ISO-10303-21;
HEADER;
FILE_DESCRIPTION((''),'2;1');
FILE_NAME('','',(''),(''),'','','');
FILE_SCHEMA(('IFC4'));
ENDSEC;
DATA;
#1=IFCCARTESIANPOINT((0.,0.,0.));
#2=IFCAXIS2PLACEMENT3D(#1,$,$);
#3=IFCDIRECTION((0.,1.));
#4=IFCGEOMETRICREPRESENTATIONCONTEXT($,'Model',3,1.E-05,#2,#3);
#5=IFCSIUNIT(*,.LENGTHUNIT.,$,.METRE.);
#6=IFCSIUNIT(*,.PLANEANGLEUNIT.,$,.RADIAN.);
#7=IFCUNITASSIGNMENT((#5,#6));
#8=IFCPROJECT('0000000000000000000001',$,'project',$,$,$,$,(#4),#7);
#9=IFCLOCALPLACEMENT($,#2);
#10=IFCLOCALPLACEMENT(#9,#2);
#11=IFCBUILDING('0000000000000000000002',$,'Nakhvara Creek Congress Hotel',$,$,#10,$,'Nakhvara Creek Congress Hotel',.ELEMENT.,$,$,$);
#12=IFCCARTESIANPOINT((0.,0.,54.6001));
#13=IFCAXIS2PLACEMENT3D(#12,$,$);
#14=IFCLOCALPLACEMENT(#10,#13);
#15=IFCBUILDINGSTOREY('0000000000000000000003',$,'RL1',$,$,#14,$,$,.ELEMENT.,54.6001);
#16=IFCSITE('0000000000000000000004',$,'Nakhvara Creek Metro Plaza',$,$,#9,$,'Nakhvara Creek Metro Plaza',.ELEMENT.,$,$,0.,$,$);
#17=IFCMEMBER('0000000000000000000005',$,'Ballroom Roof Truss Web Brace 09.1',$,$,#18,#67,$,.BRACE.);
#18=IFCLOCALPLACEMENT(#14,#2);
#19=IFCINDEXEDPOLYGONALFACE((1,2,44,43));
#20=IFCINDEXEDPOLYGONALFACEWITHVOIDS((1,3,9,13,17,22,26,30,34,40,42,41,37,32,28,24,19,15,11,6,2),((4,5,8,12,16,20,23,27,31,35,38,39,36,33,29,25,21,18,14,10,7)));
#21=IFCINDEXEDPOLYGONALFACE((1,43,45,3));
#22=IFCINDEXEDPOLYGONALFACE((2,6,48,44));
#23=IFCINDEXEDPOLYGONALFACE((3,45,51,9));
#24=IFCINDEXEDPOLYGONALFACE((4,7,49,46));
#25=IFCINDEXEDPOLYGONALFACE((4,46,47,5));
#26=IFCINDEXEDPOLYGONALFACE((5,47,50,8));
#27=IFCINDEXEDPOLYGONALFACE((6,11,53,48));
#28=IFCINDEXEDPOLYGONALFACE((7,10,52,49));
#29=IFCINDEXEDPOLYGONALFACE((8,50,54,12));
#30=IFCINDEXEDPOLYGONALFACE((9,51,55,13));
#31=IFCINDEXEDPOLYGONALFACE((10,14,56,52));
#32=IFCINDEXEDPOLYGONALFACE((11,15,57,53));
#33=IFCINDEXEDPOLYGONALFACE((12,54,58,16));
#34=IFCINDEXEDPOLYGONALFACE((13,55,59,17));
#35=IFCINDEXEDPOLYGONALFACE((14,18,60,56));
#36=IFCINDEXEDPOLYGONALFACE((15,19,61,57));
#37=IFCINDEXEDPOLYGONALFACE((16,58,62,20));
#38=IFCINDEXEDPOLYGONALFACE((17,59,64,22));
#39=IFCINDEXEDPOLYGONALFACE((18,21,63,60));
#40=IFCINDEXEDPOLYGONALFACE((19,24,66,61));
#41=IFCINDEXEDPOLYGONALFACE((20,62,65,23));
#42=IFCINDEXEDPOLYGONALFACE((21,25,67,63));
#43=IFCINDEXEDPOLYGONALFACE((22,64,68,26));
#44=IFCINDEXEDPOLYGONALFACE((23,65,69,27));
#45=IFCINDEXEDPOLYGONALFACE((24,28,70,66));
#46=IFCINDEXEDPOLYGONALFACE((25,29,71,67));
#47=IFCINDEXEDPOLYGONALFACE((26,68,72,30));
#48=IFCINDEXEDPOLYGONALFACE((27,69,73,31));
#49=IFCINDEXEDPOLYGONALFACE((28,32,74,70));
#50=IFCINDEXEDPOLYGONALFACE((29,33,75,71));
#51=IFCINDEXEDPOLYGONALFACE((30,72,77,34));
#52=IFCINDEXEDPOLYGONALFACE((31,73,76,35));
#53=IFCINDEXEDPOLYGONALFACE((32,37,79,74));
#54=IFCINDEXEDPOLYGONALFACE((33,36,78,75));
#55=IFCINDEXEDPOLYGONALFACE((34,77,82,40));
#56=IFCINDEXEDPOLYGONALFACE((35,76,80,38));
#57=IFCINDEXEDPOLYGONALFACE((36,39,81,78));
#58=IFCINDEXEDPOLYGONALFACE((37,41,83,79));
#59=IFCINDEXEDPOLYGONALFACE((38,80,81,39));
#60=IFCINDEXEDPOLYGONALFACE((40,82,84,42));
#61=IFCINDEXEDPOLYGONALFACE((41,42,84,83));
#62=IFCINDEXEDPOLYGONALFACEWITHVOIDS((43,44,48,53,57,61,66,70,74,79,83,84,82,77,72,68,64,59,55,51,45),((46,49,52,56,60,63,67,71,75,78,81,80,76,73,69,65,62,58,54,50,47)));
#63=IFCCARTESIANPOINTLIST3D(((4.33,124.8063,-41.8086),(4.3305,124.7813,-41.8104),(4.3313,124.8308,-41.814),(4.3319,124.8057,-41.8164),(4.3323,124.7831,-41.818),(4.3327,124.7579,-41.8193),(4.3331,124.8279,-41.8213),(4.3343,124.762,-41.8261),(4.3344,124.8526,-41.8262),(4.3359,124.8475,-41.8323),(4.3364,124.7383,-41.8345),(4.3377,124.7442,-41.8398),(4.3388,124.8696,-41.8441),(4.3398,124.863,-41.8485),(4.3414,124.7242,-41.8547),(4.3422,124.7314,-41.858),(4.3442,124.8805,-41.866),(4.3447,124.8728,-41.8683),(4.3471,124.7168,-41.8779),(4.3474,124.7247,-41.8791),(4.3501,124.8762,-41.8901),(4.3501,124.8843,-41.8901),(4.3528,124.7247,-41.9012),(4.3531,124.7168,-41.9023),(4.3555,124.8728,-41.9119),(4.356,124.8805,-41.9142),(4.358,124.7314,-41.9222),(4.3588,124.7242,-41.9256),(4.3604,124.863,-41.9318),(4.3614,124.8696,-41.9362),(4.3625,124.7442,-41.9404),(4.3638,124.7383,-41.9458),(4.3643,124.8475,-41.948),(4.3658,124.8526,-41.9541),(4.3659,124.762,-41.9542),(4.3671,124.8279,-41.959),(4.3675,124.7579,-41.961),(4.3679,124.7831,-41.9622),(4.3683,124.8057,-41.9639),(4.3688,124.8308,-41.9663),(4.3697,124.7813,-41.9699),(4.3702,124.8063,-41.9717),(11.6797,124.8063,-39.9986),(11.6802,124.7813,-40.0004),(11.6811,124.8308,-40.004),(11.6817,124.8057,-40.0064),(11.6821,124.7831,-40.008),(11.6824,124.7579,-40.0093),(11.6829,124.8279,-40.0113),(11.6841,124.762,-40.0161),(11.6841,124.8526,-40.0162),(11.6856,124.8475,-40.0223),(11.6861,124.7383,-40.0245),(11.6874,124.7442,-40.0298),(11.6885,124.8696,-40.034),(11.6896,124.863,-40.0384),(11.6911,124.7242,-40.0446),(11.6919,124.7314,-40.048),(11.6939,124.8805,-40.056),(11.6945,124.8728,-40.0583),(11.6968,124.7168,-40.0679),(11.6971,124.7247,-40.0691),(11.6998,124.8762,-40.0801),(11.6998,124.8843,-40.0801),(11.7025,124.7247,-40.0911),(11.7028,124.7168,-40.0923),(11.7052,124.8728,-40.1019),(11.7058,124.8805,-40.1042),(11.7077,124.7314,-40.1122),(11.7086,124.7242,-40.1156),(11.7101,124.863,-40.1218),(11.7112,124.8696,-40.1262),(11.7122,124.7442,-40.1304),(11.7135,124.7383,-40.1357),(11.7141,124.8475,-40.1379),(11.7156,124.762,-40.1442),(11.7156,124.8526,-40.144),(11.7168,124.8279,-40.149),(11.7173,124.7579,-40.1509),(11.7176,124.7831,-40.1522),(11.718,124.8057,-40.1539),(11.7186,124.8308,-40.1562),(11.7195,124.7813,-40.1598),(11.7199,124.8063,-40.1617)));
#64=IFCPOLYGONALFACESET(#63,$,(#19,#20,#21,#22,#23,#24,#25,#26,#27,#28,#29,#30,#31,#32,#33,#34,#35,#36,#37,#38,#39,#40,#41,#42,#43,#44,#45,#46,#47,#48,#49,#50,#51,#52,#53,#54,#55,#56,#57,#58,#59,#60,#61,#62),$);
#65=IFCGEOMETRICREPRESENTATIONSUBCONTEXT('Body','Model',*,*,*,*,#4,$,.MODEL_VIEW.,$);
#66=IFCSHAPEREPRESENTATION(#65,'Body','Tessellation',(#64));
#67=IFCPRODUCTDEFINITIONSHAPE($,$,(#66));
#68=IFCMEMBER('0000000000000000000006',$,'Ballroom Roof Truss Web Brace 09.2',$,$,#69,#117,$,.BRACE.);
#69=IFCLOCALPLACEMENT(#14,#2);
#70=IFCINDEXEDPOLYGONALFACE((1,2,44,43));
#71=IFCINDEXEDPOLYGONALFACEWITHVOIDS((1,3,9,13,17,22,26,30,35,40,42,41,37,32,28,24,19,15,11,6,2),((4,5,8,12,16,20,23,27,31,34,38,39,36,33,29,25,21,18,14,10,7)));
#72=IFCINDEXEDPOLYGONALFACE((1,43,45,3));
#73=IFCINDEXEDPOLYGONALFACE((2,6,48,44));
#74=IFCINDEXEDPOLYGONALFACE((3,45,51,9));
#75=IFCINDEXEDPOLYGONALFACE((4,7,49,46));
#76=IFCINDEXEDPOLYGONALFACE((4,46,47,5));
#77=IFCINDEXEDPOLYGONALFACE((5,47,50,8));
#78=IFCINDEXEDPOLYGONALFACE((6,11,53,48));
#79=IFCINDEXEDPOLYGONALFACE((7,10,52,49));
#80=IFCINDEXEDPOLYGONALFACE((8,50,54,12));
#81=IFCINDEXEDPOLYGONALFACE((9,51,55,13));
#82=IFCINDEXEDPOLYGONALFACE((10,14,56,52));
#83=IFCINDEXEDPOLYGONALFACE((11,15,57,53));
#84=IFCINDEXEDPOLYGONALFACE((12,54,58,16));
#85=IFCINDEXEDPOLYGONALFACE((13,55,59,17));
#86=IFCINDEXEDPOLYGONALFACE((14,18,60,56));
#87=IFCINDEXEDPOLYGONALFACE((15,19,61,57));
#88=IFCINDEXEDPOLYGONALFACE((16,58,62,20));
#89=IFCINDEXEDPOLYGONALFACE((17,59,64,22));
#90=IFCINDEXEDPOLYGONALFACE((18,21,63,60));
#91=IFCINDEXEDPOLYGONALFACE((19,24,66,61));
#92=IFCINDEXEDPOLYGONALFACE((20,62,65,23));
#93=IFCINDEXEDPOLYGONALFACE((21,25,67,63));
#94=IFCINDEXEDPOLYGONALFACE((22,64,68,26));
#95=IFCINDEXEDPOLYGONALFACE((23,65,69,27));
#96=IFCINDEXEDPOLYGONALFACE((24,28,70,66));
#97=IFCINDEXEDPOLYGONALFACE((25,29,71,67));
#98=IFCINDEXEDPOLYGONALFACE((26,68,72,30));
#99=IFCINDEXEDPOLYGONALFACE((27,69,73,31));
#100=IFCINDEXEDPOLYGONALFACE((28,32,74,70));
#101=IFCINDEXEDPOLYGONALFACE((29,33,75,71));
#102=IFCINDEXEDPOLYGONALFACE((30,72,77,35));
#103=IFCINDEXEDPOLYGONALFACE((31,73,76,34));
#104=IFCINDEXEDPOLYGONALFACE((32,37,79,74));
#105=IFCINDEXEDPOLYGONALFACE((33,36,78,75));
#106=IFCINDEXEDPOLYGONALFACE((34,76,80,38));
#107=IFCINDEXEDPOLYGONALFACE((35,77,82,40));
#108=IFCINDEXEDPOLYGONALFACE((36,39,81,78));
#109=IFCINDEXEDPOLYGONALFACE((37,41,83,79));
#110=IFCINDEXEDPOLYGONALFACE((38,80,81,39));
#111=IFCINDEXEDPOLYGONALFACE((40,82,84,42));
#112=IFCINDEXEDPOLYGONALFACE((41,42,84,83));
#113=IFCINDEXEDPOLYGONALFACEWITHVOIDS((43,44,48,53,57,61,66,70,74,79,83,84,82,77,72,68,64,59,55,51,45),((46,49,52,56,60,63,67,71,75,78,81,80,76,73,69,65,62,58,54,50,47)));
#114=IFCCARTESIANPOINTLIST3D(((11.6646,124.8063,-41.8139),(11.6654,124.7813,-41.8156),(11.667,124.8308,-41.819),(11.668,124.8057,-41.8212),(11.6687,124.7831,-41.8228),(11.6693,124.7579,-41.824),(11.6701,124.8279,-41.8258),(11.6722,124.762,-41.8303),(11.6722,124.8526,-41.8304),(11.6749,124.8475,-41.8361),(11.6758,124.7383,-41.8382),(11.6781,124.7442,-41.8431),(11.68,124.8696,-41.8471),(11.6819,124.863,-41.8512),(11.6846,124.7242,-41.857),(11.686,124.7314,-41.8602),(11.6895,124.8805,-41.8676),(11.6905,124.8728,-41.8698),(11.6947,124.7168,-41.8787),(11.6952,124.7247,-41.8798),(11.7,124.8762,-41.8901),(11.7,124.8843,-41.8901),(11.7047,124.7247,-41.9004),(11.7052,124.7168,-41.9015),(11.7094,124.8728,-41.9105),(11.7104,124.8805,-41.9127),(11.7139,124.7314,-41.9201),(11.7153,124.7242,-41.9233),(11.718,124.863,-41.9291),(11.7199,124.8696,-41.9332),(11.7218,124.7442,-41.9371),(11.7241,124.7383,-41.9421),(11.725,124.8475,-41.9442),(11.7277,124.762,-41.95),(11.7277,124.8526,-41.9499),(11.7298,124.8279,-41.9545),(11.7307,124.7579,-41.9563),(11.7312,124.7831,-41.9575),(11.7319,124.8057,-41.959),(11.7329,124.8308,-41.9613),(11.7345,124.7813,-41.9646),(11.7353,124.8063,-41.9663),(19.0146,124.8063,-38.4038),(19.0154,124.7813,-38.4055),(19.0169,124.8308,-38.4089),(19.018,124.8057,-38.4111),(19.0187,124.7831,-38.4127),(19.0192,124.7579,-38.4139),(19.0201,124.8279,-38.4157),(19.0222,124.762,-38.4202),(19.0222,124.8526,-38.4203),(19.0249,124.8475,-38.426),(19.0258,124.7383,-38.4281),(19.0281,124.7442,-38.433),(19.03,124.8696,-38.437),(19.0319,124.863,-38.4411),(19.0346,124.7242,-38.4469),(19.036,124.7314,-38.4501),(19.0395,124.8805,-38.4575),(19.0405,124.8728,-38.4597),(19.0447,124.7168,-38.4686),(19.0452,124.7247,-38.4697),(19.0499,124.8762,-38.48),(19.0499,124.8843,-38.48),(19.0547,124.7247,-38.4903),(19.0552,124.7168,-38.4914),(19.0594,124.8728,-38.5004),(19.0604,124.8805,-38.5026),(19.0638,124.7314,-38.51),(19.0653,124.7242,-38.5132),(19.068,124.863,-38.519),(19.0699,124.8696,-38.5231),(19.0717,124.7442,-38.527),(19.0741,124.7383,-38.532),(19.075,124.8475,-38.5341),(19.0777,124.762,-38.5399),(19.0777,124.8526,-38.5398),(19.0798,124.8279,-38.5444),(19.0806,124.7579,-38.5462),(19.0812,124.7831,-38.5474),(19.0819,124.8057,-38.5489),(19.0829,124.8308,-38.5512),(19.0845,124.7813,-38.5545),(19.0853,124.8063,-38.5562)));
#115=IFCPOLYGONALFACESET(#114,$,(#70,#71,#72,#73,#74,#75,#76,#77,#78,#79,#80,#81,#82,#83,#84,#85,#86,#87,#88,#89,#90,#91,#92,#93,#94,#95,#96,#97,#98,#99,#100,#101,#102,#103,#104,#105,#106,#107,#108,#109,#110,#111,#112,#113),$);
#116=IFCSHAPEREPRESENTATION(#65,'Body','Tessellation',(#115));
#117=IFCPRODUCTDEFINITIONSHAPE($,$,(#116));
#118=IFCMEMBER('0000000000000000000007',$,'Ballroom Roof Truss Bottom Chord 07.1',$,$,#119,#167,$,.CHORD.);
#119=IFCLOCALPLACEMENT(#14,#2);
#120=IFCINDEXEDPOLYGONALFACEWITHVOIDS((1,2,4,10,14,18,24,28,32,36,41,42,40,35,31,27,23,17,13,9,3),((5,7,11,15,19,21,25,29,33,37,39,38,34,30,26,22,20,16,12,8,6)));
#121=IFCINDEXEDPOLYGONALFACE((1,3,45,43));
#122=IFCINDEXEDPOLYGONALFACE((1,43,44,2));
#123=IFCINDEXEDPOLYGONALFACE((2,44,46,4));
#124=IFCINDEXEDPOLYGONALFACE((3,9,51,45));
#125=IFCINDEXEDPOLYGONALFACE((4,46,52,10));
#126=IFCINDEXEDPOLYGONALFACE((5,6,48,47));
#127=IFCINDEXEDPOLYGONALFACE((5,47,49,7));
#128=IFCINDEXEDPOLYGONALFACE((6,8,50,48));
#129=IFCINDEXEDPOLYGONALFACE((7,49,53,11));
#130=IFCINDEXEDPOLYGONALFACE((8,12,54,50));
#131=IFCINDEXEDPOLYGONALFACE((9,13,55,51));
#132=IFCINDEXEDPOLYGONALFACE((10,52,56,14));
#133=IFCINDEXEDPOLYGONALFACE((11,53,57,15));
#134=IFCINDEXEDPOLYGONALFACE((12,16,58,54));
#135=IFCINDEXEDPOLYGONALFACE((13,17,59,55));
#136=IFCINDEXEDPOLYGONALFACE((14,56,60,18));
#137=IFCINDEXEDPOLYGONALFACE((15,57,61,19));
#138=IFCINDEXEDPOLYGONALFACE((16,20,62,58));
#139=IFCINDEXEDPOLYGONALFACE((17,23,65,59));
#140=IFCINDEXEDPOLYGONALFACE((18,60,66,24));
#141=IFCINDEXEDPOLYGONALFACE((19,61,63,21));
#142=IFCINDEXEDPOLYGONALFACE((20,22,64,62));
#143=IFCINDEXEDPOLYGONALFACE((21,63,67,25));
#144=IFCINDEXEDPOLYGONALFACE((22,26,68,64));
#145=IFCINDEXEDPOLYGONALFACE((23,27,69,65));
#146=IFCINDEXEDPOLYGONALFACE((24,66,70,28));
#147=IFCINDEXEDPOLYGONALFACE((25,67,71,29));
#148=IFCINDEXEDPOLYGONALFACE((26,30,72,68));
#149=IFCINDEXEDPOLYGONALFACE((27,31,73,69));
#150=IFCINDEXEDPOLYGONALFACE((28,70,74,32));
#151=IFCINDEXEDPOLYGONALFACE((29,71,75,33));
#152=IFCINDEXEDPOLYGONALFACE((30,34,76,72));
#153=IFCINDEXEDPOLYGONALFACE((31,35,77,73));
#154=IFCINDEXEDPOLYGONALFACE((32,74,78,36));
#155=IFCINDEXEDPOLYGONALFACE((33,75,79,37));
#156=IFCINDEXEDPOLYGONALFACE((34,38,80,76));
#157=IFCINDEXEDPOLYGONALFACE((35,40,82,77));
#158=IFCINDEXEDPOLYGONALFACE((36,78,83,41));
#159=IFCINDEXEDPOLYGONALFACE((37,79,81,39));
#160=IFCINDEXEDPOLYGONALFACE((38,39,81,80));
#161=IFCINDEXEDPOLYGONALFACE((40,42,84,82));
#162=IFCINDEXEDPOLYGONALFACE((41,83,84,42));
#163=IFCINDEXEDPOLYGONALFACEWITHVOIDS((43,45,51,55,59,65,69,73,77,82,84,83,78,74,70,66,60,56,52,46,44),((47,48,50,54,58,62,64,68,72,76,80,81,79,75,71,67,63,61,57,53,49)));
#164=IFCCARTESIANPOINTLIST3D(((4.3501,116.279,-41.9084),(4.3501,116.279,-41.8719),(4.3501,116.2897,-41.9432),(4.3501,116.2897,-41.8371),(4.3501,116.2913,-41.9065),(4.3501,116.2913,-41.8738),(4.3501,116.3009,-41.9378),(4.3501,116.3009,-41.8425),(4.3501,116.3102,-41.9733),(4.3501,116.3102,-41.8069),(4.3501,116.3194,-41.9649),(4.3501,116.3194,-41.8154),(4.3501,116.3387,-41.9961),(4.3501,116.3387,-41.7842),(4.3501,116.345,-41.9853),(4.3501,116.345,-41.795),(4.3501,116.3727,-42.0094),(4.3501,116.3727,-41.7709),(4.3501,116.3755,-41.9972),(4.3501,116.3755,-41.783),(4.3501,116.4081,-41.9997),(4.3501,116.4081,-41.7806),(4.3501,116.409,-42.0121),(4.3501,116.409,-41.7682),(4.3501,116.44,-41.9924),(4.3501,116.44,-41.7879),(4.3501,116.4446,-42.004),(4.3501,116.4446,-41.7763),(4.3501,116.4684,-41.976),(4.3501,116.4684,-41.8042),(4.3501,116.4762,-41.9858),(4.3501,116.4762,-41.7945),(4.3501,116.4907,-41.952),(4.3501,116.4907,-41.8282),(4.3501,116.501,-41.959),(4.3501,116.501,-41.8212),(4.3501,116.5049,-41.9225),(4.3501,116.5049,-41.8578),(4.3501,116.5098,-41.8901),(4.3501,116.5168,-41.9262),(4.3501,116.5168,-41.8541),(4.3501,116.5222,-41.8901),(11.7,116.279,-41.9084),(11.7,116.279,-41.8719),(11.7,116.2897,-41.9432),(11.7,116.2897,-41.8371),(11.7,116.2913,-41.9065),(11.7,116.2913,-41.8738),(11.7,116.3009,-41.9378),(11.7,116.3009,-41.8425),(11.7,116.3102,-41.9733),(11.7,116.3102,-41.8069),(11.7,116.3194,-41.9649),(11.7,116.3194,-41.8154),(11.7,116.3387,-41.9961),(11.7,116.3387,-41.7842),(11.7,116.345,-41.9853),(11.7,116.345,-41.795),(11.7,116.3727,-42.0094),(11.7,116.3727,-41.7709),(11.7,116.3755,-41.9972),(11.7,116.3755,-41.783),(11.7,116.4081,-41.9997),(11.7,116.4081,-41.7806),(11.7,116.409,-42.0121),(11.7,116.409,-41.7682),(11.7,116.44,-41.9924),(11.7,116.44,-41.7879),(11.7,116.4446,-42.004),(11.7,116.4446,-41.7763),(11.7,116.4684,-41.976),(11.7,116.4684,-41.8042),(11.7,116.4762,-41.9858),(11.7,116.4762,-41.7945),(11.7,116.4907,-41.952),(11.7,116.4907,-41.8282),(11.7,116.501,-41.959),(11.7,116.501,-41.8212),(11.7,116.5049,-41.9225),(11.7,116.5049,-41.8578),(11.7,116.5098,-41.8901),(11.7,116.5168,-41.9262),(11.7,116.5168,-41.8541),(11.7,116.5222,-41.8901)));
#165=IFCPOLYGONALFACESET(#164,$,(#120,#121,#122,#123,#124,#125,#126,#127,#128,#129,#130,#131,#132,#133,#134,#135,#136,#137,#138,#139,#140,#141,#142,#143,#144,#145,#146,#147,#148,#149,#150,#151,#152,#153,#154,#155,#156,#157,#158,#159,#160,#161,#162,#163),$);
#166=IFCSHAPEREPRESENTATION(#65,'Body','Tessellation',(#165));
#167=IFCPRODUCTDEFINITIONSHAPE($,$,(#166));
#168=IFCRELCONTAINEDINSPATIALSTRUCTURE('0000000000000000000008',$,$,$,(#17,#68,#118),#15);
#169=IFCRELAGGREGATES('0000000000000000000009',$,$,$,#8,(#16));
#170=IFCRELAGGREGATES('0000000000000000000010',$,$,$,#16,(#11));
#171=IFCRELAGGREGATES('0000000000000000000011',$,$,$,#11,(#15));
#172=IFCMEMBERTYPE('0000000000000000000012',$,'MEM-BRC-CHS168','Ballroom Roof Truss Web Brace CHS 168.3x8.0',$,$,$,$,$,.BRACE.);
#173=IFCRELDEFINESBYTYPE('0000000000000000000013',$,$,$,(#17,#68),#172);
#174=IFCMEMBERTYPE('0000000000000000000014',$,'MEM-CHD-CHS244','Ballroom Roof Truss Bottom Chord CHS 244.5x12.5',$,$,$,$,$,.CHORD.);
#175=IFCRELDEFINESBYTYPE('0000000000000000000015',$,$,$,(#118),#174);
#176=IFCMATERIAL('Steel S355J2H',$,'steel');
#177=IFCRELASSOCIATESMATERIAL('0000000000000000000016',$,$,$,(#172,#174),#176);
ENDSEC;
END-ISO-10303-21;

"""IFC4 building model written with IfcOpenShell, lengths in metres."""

from ifc_helpers import new_model, si_unit, direction, frame, origin, origin_2d, place, context, subcontext, project, spatial, hollow_circle, extrude, material, material_profile, profile_set, type_object, element, save


model = new_model("IFC4")

# Units and contexts
model_context = context("Model", 3, precision=1e-05, world=origin(), true_north=direction((0.0, 1.0)))
body_context = subcontext(model_context, "Body", "Model", "MODEL_VIEW")
ifc_project = project(units=[si_unit("LENGTHUNIT", "METRE"), si_unit("PLANEANGLEUNIT", "RADIAN")], contexts=[model_context])

# Site, building, storey
site_placement = place(None, origin())
site = spatial("IfcSite", under=ifc_project, at=site_placement, Name="Nakhvara Creek Metro Plaza", LongName="Nakhvara Creek Metro Plaza", CompositionType="ELEMENT", RefElevation=0.0)
building_placement = place(site_placement, origin())
building = spatial("IfcBuilding", under=site, at=building_placement, Name="Nakhvara Creek Congress Hotel", LongName="Nakhvara Creek Congress Hotel", CompositionType="ELEMENT")
storey_placement = place(building_placement, frame((0.0, 0.0, 54.6001)))
storey = spatial("IfcBuildingStorey", under=building, at=storey_placement, Name="RL1", CompositionType="ELEMENT", Elevation=54.6001)

# Members
ifc_material_1 = material(Name="Steel S355J2H", Category="steel")
ifc_material_profile_1 = material_profile(ifc_material_1, hollow_circle(Radius=0.0842, WallThickness=0.0081, at=origin_2d()), Name="CHS 168.3x8.0", Category="LoadBearing")
ifc_profile_set_1 = profile_set([ifc_material_profile_1], Name="Steel S355J2H")
member_type_1 = type_object("IfcMemberType", Name="MEM-BRC-CHS168", Description="Ballroom Roof Truss Web Brace CHS 168.3x8.0", PredefinedType="BRACE", material=ifc_profile_set_1)
member_1_placement = place(storey_placement, frame((4.3501, 124.8, -41.8901), z_axis=(0.970988, 0.0, 0.239127), x_axis=(0.0, 1.0, 0.0)))
element("IfcMember", 1, at=member_1_placement, inside=storey, type_object=member_type_1, Name="Ballroom Roof Truss Web Brace 09.1", PredefinedType="BRACE", context=body_context, shape_type="SweptSolid", body=[
    extrude(hollow_circle(Radius=0.0842, WallThickness=0.0081, at=origin_2d()), origin(), (0.0, 0.0, 1.0), 7.5693),
])
member_2_placement = place(storey_placement, frame((11.7, 124.8, -41.8901), z_axis=(0.907122, 0.0, 0.420869), x_axis=(0.0, 1.0, 0.0)))
element("IfcMember", 2, at=member_2_placement, inside=storey, type_object=member_type_1, Name="Ballroom Roof Truss Web Brace 09.2", PredefinedType="BRACE", context=body_context, shape_type="SweptSolid", body=[
    extrude(hollow_circle(Radius=0.0842, WallThickness=0.0081, at=origin_2d()), origin(), (0.0, 0.0, 1.0), 8.1025),
])
ifc_material_profile_2 = material_profile(ifc_material_1, hollow_circle(Radius=0.1223, WallThickness=0.0125, at=origin_2d()), Name="CHS 244.5x12.5", Category="LoadBearing")
ifc_profile_set_2 = profile_set([ifc_material_profile_2], Name="Steel S355J2H")
member_type_2 = type_object("IfcMemberType", Name="MEM-CHD-CHS244", Description="Ballroom Roof Truss Bottom Chord CHS 244.5x12.5", PredefinedType="CHORD", material=ifc_profile_set_2)
member_3_placement = place(storey_placement, frame((4.3501, 116.3999, -41.8901), z_axis=(1.0, 0.0, 0.0), x_axis=(0.0, 1.0, 0.0)))
element("IfcMember", 3, at=member_3_placement, inside=storey, type_object=member_type_2, Name="Ballroom Roof Truss Bottom Chord 07.1", PredefinedType="CHORD", context=body_context, shape_type="SweptSolid", body=[
    extrude(hollow_circle(Radius=0.1223, WallThickness=0.0125, at=origin_2d()), origin(), (0.0, 0.0, 1.0), 7.3499),
])

save(model, "model.ifc")
